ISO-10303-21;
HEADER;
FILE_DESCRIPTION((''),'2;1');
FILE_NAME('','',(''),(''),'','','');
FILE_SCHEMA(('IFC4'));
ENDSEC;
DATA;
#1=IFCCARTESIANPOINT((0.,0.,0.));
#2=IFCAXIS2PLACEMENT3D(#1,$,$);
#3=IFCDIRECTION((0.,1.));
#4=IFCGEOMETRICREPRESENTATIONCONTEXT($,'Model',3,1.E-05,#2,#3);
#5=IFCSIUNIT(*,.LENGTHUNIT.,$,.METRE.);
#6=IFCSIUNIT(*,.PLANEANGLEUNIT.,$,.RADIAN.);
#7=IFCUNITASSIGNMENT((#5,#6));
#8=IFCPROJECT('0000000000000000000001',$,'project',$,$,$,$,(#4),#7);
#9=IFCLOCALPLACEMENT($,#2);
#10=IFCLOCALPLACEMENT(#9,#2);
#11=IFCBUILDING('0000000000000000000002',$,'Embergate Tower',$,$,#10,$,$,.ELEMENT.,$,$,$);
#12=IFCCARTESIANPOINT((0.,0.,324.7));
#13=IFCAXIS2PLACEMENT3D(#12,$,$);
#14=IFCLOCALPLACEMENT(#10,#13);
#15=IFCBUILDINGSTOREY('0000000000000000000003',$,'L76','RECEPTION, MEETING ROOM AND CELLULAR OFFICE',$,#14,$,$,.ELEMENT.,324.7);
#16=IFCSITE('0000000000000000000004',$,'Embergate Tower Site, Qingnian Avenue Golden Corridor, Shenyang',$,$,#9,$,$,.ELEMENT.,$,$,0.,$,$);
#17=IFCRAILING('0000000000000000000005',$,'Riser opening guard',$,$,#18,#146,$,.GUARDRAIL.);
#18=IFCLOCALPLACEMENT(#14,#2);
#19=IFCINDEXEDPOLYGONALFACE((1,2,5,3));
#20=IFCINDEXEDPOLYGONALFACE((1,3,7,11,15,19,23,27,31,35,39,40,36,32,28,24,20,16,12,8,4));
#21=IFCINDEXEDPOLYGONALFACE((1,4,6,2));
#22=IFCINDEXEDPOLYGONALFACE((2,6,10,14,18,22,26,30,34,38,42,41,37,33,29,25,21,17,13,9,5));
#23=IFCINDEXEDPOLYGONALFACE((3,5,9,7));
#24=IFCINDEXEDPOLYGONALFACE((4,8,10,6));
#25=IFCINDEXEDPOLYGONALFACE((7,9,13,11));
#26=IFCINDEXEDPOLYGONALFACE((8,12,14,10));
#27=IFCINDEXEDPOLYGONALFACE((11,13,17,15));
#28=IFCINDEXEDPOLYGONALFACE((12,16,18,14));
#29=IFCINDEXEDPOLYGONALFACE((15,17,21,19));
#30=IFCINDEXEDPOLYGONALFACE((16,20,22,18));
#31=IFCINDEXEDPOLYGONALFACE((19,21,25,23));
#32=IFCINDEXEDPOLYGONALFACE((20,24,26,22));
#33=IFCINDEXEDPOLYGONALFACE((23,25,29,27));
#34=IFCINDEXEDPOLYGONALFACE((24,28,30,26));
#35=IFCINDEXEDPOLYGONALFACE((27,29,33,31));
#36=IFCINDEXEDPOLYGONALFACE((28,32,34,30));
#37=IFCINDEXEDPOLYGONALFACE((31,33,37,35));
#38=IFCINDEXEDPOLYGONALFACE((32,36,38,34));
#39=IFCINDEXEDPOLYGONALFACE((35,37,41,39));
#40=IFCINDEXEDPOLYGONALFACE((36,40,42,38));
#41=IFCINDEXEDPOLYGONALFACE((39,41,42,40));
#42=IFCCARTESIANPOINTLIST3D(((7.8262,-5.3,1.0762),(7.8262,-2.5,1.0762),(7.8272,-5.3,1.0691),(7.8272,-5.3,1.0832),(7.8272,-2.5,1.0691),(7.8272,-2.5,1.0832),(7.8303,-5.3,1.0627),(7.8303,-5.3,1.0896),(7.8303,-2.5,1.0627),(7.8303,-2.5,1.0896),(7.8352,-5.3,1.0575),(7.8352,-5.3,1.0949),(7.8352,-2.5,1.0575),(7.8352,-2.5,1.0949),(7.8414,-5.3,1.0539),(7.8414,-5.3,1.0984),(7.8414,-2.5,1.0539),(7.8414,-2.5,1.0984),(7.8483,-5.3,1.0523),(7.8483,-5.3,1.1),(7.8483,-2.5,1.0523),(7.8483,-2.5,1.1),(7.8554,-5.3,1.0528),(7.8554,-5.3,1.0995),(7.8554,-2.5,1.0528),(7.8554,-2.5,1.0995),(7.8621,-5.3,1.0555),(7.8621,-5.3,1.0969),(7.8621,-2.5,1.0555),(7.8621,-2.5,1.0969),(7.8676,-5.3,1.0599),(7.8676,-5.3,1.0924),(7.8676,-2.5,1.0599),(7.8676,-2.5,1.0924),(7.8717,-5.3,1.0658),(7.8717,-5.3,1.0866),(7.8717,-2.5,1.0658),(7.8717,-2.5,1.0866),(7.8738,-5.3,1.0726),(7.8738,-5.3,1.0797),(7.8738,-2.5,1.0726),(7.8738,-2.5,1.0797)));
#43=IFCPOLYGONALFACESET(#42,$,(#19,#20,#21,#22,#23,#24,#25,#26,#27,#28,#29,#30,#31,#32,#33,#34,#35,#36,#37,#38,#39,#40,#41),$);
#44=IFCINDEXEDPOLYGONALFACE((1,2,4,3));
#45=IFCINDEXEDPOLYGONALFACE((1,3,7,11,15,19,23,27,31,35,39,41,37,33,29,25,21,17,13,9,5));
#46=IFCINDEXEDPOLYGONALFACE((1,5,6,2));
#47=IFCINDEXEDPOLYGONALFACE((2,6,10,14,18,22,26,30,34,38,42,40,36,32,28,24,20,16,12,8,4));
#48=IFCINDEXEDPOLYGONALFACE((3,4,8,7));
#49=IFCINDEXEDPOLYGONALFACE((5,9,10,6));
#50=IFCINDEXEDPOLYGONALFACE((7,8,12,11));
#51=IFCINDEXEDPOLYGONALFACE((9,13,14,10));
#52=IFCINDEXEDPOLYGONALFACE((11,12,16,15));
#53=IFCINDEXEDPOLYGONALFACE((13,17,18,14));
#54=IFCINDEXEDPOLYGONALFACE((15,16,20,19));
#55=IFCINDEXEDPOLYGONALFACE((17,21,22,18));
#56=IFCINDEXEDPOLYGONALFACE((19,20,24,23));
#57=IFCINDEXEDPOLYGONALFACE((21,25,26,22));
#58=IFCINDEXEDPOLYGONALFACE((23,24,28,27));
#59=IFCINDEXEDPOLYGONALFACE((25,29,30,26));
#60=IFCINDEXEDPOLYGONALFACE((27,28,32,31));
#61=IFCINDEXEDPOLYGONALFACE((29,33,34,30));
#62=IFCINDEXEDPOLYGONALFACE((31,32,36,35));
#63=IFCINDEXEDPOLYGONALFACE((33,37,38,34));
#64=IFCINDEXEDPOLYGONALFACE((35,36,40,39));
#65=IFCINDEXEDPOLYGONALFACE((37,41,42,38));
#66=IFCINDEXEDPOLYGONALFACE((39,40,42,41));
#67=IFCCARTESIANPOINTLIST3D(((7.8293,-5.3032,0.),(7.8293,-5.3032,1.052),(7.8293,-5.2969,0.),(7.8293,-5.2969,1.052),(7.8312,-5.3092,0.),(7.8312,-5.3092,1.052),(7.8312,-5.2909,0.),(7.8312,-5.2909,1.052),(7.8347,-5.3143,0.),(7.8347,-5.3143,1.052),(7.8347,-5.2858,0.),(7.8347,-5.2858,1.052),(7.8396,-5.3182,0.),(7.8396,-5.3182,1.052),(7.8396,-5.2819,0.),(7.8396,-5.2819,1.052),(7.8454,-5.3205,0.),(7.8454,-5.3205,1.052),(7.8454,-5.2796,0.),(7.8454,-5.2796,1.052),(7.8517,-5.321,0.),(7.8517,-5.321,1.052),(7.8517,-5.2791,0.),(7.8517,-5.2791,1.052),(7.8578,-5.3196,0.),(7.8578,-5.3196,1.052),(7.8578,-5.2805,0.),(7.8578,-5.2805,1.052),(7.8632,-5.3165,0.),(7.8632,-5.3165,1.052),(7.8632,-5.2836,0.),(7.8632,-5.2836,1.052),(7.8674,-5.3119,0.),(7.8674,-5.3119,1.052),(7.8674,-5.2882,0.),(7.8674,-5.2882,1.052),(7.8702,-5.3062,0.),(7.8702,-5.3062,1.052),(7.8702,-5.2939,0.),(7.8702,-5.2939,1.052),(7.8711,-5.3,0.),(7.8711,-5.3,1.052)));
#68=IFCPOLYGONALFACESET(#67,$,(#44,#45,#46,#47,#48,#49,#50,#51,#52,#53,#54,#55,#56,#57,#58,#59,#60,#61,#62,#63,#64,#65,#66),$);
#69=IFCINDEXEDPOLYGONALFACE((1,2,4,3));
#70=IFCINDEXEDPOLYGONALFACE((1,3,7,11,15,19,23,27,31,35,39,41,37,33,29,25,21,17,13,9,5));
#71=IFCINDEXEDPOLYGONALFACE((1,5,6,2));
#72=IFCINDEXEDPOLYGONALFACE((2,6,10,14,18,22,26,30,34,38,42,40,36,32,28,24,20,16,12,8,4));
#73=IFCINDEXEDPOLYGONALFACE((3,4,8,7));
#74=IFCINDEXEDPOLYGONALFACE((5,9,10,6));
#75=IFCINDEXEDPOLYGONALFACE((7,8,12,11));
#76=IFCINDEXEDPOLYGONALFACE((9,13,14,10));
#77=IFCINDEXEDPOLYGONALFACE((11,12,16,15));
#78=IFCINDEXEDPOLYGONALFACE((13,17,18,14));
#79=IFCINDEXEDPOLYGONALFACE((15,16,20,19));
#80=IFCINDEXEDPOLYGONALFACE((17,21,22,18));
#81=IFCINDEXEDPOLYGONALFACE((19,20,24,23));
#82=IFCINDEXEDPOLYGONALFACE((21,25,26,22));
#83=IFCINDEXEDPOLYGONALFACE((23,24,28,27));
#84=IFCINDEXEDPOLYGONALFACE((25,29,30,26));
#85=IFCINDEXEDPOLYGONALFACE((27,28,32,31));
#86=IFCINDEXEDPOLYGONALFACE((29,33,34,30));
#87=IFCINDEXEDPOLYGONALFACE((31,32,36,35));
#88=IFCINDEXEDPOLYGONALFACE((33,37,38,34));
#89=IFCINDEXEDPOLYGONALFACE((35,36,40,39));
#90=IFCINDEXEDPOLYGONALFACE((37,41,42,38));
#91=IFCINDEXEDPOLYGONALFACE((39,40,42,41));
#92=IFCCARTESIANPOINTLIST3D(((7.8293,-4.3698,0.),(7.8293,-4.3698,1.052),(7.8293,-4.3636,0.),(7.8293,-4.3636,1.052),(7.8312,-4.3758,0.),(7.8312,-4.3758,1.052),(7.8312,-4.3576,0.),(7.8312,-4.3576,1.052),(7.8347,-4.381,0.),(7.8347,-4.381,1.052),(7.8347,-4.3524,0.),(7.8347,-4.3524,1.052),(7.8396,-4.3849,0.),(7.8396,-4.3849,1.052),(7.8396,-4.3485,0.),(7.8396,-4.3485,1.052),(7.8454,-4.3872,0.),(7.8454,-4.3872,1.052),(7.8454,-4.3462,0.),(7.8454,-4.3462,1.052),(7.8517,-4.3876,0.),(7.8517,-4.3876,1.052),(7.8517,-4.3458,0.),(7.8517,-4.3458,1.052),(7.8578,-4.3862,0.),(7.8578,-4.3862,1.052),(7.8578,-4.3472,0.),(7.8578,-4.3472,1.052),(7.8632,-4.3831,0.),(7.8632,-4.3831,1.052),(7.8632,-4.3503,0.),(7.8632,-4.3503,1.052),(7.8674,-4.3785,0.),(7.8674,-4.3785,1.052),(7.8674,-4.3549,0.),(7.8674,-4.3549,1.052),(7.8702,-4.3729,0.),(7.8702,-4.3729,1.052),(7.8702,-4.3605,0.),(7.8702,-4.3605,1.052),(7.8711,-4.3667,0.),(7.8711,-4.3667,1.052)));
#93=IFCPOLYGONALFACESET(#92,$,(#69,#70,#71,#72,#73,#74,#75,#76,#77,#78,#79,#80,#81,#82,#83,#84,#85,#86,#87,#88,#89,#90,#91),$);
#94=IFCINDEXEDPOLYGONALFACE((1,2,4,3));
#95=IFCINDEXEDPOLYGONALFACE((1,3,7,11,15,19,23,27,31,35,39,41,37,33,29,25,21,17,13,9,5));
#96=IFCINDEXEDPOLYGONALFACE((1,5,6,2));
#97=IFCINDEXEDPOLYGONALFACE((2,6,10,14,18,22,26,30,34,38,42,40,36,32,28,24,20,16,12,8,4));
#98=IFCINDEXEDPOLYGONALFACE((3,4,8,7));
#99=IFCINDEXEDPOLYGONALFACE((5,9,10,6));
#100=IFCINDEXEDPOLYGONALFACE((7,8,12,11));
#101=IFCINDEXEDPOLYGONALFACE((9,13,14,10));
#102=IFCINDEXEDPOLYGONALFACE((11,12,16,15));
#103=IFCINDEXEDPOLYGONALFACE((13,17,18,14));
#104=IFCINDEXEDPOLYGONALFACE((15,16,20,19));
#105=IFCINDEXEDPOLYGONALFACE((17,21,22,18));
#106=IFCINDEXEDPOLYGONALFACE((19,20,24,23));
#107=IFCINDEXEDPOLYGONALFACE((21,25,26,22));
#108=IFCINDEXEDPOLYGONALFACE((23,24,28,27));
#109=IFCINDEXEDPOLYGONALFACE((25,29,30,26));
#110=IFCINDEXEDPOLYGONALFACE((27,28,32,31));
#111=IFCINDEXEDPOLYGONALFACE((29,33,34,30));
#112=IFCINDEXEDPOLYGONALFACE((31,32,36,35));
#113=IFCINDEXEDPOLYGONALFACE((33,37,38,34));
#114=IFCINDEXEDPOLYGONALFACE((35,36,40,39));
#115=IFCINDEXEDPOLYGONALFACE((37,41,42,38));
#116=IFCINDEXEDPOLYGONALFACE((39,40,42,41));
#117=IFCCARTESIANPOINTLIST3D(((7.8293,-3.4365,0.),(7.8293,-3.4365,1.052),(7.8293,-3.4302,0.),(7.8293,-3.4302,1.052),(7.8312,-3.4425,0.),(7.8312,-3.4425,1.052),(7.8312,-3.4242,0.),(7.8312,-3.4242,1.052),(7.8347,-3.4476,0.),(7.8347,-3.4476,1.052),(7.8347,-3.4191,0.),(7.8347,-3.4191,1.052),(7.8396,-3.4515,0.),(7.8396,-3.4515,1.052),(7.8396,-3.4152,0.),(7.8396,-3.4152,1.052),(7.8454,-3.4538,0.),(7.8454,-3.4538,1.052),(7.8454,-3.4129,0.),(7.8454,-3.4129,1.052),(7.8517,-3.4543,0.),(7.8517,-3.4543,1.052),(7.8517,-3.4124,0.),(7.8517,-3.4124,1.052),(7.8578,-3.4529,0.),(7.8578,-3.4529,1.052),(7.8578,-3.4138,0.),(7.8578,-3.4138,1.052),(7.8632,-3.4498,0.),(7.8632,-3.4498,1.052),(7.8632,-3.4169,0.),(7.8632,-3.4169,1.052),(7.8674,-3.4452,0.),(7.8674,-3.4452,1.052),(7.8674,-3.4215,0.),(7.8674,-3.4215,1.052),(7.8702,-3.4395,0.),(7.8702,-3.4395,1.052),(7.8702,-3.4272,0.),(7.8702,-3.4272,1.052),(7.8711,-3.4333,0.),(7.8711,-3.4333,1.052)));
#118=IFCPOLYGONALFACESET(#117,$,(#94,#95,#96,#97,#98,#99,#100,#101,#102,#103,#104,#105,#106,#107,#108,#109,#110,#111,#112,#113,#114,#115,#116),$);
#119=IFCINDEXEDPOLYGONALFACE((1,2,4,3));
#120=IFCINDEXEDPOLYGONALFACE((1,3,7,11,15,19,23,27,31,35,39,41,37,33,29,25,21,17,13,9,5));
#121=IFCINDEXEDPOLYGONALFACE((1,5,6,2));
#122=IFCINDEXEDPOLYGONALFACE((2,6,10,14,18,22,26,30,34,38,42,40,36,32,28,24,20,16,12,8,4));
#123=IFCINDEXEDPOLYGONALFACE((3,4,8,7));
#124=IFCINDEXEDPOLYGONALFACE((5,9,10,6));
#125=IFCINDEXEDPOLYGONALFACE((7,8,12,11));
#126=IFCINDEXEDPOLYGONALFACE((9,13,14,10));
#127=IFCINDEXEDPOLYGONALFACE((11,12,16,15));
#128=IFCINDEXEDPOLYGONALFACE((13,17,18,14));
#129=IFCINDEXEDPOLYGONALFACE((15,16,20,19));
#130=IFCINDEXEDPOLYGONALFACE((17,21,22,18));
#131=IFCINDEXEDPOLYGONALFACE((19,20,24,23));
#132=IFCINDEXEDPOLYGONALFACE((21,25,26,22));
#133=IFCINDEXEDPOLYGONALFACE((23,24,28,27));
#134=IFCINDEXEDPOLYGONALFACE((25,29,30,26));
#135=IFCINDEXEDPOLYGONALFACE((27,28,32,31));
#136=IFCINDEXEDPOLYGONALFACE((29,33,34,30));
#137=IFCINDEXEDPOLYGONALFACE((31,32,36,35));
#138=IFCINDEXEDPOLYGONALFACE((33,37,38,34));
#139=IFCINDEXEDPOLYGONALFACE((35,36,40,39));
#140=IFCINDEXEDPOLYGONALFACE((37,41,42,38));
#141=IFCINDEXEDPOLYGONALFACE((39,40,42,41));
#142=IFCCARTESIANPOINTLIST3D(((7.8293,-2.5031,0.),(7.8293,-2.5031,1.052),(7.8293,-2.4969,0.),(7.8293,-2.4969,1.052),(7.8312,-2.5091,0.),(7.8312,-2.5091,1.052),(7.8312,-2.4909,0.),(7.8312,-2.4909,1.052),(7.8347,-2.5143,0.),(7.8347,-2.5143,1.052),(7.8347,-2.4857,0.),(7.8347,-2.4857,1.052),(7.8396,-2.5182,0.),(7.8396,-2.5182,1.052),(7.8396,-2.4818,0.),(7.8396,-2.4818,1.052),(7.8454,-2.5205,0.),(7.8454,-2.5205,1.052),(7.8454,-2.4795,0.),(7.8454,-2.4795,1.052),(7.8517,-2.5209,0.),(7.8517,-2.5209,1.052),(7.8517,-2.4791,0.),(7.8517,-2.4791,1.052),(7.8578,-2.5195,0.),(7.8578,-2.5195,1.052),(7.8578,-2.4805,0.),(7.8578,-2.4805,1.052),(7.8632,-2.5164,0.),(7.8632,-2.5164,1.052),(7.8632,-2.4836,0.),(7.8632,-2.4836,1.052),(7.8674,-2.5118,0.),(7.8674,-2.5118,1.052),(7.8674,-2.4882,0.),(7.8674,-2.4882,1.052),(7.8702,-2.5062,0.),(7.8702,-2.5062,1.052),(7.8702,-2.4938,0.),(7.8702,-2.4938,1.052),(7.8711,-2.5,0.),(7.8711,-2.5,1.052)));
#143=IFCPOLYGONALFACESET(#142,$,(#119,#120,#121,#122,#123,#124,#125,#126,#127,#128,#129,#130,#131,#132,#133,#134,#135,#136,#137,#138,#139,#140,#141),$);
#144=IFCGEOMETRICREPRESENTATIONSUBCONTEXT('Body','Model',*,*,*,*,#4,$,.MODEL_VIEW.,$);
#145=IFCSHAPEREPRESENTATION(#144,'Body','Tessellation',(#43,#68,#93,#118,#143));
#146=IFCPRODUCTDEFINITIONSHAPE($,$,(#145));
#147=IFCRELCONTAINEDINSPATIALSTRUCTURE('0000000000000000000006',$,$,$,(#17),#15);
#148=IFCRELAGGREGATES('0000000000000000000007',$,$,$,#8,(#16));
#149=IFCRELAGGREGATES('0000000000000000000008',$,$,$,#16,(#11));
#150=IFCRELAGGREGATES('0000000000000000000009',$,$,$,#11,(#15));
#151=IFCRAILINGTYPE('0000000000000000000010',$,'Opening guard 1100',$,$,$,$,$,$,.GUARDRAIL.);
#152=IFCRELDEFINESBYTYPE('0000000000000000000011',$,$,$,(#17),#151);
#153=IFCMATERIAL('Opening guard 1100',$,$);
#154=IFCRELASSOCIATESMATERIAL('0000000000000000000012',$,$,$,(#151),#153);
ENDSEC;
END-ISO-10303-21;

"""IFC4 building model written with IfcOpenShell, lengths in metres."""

from ifc_helpers import new_model, si_unit, direction, frame, origin, origin_2d, place, context, subcontext, project, spatial, circle, extrude, source, transform, mapped, material, type_object, element, save


model = new_model("IFC4")

# Units and contexts
model_context = context("Model", 3, precision=1e-05, world=origin(), true_north=direction((0.0, 1.0)))
body_context = subcontext(model_context, "Body", "Model", "MODEL_VIEW")
ifc_project = project(units=[si_unit("LENGTHUNIT", "METRE"), si_unit("PLANEANGLEUNIT", "RADIAN")], contexts=[model_context])

# Site, building, storey
site_placement = place(None, origin())
site = spatial("IfcSite", under=ifc_project, at=site_placement, Name="Embergate Tower Site, Qingnian Avenue Golden Corridor, Shenyang", CompositionType="ELEMENT", RefElevation=0.0)
building_placement = place(site_placement, origin())
building = spatial("IfcBuilding", under=site, at=building_placement, Name="Embergate Tower", CompositionType="ELEMENT")
storey_placement = place(building_placement, frame((0.0, 0.0, 324.7)))
storey = spatial("IfcBuildingStorey", under=building, at=storey_placement, Name="L76", Description="RECEPTION, MEETING ROOM AND CELLULAR OFFICE", CompositionType="ELEMENT", Elevation=324.7)

# Railing
ifc_material_1 = material(Name="Opening guard 1100")
railing_type_1 = type_object("IfcRailingType", Name="Opening guard 1100", PredefinedType="GUARDRAIL", material=ifc_material_1)
shared_shape_1 = source(origin(), body_context, "Body", "SweptSolid", [
    extrude(circle(Radius=0.0239, at=origin_2d()), frame((0.0, 0.0, 1.0762), z_axis=(0.0, 1.0, 0.0), x_axis=(-1.0, 0.0, 0.0)), (0.0, 0.0, 1.0), 2.8),
    extrude(circle(Radius=0.021, at=origin_2d()), origin(), (0.0, 0.0, 1.0), 1.052),
    extrude(circle(Radius=0.021, at=origin_2d()), frame((0.0, 0.9333, 0.0)), (0.0, 0.0, 1.0), 1.052),
    extrude(circle(Radius=0.021, at=origin_2d()), frame((0.0, 1.8667, 0.0)), (0.0, 0.0, 1.0), 1.052),
    extrude(circle(Radius=0.021, at=origin_2d()), frame((0.0, 2.8, 0.0)), (0.0, 0.0, 1.0), 1.052),
])
railing_1_placement = place(storey_placement, frame((7.8501, -5.3, 0.0)))
element("IfcRailing", 1, at=railing_1_placement, inside=storey, type_object=railing_type_1, Name="Riser opening guard", PredefinedType="GUARDRAIL", context=body_context, shape_type="MappedRepresentation", body=[
    mapped(shared_shape_1, transform((0.0, 0.0, 0.0))),
])

save(model, "model.ifc")
